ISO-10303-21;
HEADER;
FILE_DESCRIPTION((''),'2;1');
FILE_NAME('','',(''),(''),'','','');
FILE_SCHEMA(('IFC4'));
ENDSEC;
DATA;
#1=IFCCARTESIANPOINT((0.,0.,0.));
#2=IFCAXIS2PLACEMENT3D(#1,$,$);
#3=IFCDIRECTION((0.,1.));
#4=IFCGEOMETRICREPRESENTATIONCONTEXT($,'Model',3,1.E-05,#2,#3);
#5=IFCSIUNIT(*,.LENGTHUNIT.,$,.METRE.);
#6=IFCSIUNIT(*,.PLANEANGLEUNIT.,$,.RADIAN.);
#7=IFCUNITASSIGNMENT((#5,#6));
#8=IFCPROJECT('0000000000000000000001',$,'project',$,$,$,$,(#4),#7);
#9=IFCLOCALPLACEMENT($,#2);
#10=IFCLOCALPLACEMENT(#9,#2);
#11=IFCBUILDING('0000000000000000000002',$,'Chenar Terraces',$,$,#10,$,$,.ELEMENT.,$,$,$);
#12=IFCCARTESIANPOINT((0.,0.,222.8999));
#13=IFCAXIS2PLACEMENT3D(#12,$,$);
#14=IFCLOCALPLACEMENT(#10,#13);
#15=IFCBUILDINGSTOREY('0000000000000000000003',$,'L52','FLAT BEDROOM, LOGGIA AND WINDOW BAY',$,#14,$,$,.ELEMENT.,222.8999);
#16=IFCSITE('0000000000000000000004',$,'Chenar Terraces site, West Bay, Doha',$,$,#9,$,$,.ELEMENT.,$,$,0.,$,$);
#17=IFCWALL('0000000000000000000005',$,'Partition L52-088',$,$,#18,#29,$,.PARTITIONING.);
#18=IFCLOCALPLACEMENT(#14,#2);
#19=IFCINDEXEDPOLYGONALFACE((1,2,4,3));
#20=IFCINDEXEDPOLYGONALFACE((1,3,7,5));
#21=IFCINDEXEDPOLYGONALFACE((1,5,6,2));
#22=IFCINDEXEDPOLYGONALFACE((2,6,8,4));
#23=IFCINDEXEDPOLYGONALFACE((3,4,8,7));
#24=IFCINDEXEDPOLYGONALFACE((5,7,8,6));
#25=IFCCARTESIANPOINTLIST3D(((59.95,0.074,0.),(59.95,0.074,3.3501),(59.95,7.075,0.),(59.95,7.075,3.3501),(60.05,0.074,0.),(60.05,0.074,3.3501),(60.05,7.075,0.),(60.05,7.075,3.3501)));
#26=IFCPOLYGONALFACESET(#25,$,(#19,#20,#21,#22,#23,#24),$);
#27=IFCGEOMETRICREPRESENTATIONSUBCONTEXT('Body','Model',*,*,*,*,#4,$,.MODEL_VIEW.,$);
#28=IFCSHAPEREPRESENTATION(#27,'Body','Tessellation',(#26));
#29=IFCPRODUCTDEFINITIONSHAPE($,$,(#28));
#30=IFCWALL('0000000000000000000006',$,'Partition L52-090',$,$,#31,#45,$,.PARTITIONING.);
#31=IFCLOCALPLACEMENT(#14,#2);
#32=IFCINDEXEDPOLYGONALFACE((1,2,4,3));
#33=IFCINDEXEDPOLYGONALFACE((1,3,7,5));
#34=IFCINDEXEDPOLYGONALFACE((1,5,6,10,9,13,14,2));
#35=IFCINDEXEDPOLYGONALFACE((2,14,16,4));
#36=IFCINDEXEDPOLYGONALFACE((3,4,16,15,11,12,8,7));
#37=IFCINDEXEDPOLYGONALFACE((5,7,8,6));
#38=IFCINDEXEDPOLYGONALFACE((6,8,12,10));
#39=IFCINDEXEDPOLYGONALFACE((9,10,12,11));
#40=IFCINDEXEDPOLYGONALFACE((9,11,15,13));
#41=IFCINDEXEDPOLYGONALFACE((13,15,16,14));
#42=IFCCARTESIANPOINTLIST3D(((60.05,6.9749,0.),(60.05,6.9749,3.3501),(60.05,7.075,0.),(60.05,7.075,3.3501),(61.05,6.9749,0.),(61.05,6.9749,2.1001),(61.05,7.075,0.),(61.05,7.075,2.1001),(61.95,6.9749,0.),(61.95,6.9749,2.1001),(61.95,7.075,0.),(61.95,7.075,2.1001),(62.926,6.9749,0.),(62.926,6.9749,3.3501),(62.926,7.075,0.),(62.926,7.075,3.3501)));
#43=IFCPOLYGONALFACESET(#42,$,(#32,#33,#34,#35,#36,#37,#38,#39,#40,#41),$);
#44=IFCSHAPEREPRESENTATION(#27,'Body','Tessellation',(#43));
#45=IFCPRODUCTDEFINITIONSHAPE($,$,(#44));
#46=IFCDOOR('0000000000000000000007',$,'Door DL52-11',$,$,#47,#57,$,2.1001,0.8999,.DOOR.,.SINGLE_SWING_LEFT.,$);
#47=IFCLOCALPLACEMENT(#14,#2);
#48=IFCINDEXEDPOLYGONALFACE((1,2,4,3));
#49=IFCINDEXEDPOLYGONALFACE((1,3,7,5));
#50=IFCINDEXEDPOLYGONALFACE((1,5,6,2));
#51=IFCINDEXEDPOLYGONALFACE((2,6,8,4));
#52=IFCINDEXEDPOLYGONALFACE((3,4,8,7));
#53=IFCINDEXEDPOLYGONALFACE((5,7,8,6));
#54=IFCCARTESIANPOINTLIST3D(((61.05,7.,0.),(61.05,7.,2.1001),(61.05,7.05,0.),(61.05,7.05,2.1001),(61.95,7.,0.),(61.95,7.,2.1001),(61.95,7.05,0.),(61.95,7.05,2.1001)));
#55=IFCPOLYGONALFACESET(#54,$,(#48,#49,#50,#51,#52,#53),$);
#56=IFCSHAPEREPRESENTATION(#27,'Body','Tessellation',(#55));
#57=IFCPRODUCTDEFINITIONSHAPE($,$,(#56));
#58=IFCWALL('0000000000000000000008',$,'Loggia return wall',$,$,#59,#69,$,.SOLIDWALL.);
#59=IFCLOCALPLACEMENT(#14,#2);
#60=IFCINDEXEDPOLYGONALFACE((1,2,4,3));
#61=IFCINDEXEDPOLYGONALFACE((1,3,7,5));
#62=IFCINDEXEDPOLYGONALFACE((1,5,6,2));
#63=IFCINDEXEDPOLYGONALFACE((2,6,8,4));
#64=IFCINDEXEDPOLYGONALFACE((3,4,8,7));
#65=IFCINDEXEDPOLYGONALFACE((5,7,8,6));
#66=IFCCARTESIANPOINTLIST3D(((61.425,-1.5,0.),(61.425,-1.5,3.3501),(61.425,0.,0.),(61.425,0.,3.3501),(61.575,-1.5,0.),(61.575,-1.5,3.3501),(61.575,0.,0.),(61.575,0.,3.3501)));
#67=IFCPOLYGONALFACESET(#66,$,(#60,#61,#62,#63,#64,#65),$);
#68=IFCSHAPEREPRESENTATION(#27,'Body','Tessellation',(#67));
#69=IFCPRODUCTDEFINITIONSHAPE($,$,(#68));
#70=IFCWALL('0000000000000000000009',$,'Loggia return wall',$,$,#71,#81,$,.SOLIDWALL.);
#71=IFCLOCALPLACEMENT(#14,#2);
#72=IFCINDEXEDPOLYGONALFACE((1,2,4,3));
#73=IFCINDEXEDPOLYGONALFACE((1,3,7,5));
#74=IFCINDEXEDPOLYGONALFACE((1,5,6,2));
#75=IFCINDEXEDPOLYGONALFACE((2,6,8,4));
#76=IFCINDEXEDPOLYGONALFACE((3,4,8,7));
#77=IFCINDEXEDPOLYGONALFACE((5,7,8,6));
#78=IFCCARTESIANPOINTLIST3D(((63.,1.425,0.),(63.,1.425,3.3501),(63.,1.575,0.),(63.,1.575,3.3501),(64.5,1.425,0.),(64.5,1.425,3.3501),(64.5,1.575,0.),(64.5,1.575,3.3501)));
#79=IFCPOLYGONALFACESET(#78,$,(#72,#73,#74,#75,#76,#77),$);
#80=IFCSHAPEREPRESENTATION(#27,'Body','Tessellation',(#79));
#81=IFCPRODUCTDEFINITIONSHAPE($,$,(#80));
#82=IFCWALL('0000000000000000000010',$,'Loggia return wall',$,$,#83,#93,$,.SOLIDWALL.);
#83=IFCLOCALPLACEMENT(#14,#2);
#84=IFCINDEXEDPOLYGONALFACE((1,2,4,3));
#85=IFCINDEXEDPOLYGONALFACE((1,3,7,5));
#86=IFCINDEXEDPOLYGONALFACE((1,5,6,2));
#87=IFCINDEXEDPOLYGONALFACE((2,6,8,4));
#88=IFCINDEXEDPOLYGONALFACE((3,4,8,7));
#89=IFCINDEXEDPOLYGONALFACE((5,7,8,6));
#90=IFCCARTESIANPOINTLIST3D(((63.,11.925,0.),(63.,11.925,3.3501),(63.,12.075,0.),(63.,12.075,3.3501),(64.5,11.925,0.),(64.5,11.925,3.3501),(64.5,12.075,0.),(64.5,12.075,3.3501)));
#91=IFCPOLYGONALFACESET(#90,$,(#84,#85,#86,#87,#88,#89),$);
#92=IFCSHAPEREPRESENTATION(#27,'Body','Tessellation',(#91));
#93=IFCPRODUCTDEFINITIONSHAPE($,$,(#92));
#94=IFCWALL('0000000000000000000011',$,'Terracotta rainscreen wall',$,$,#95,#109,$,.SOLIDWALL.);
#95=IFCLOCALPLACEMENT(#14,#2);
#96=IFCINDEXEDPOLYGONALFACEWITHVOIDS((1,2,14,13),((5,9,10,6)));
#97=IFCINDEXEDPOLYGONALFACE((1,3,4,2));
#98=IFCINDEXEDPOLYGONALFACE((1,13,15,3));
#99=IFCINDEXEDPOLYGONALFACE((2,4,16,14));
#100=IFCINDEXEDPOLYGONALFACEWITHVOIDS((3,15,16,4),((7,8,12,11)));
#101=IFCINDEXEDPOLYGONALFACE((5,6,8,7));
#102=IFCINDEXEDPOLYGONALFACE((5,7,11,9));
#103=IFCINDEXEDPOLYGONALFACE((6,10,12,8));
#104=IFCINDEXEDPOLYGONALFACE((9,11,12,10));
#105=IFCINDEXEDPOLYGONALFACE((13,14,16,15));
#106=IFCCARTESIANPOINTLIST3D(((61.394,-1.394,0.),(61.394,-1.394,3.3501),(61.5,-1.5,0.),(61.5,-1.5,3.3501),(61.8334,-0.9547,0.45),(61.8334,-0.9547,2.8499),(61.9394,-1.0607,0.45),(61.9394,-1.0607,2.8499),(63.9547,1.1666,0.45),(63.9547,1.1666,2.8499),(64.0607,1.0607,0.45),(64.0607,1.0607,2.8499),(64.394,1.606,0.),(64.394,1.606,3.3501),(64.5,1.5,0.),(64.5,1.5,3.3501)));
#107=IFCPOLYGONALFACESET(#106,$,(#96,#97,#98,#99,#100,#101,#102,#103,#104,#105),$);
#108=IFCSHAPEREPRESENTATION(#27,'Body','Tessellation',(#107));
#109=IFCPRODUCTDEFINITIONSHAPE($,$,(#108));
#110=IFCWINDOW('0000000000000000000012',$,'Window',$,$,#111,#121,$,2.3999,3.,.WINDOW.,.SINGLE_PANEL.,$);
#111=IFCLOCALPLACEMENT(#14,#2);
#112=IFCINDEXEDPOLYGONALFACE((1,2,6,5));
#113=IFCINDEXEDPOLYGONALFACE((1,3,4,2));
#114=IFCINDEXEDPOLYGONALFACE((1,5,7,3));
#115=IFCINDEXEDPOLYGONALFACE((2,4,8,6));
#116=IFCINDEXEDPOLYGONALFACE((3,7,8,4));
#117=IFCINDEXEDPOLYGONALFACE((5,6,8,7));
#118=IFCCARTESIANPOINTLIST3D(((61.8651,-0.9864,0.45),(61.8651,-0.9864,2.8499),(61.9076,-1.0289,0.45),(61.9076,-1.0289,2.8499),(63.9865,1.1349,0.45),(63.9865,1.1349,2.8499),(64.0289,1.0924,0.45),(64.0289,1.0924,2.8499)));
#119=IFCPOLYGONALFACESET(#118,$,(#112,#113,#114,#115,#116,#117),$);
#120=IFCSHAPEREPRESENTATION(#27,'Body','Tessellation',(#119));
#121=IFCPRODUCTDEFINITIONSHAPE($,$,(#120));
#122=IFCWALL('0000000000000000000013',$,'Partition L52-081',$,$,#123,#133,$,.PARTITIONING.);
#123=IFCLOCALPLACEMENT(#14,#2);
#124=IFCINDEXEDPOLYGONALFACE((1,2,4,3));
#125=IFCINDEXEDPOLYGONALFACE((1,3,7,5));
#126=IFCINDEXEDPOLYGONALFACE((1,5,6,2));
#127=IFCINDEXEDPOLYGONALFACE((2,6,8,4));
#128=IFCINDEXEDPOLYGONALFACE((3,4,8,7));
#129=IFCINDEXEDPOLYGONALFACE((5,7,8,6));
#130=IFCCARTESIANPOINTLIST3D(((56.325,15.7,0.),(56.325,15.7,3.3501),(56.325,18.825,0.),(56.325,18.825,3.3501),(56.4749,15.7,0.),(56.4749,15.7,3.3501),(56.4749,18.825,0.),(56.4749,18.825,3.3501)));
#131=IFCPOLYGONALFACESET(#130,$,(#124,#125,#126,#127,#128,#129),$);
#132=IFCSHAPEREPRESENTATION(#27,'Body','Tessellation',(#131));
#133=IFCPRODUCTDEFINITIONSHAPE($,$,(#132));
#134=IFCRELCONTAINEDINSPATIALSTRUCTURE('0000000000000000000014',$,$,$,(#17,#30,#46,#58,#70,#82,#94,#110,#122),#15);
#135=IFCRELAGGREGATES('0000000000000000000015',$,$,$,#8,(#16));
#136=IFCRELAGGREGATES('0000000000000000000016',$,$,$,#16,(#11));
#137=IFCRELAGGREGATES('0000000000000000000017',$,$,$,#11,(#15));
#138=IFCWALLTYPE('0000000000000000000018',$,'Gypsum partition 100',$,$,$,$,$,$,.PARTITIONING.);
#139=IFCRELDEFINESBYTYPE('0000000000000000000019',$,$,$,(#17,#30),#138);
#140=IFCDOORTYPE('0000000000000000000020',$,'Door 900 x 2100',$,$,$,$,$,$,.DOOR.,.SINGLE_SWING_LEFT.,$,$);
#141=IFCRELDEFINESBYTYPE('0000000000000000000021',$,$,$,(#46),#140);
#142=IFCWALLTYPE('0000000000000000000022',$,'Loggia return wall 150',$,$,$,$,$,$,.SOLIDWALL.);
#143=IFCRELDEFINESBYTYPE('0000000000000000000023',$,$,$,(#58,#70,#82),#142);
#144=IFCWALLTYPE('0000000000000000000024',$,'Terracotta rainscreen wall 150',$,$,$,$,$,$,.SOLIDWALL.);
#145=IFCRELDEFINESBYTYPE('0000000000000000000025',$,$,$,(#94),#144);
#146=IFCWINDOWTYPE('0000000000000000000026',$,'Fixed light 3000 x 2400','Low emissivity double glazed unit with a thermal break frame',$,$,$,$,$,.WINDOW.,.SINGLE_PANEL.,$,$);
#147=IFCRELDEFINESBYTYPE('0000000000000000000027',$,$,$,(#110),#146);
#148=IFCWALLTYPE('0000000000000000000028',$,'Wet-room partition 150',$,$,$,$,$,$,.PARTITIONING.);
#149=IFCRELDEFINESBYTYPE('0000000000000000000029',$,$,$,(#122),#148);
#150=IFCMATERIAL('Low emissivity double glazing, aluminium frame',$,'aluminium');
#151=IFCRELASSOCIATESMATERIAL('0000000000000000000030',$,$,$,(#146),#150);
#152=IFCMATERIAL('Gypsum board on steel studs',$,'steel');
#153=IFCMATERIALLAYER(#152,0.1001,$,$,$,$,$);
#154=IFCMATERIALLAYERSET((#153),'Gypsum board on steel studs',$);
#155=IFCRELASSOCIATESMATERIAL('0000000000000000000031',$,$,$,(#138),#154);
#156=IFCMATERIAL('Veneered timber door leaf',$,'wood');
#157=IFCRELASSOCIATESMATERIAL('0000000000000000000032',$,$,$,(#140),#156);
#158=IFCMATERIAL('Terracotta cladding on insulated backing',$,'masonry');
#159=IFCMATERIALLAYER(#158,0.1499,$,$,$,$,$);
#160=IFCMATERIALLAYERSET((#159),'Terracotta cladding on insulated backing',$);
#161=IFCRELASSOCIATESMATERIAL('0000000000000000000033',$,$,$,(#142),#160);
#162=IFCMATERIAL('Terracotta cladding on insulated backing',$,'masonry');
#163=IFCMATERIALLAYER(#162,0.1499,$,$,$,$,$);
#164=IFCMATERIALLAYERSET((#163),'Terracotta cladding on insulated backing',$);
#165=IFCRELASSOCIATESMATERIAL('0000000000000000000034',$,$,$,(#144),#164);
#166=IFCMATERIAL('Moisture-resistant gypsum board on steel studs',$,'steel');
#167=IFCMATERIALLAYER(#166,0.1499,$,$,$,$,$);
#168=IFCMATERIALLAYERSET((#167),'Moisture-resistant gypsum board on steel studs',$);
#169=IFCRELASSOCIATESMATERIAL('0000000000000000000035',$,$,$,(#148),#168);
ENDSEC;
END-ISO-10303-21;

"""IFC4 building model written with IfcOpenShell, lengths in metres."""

from ifc_helpers import new_model, si_unit, direction, frame, frame_2d, origin, place, context, subcontext, project, spatial, rectangle, extrude, material, layer, layer_set, type_object, element, fill, save


model = new_model("IFC4")

# Units and contexts
model_context = context("Model", 3, precision=1e-05, world=origin(), true_north=direction((0.0, 1.0)))
body_context = subcontext(model_context, "Body", "Model", "MODEL_VIEW")
ifc_project = project(units=[si_unit("LENGTHUNIT", "METRE"), si_unit("PLANEANGLEUNIT", "RADIAN")], contexts=[model_context])

# Site, building, storey
site_placement = place(None, origin())
site = spatial("IfcSite", under=ifc_project, at=site_placement, Name="Chenar Terraces site, West Bay, Doha", CompositionType="ELEMENT", RefElevation=0.0)
building_placement = place(site_placement, origin())
building = spatial("IfcBuilding", under=site, at=building_placement, Name="Chenar Terraces", CompositionType="ELEMENT")
storey_placement = place(building_placement, frame((0.0, 0.0, 222.8999)))
storey = spatial("IfcBuildingStorey", under=building, at=storey_placement, Name="L52", Description="FLAT BEDROOM, LOGGIA AND WINDOW BAY", CompositionType="ELEMENT", Elevation=222.8999)

# Shared definitions
ifc_material_1 = material(Name="Low emissivity double glazing, aluminium frame", Category="aluminium")
window_type_1 = type_object("IfcWindowType", Name="Fixed light 3000 x 2400", Description="Low emissivity double glazed unit with a thermal break frame", PartitioningType="SINGLE_PANEL", PredefinedType="WINDOW", material=ifc_material_1)

# Shared definitions
ifc_material_2 = material(Name="Gypsum board on steel studs", Category="steel")
ifc_layer_1 = layer(ifc_material_2, 0.1001)
ifc_layer_set_1 = layer_set([ifc_layer_1], Name="Gypsum board on steel studs")
wall_type_1 = type_object("IfcWallType", Name="Gypsum partition 100", PredefinedType="PARTITIONING", material=ifc_layer_set_1)
ifc_material_3 = material(Name="Veneered timber door leaf", Category="wood")
door_type_1 = type_object("IfcDoorType", Name="Door 900 x 2100", OperationType="SINGLE_SWING_LEFT", PredefinedType="DOOR", material=ifc_material_3)

# Wall
for number, where, z_axis, x_axis, name in (
    (1, (60.0, 0.074, 0.0), (0.0, 0.0, 1.0), (0.0, 1.0, 0.0), "Partition L52-088"),
):
    element("IfcWall", number, at=place(storey_placement, frame(where, z_axis=z_axis, x_axis=x_axis)), inside=storey, type_object=wall_type_1, Name=name, PredefinedType="PARTITIONING", context=body_context, shape_type="SweptSolid", body=[
        extrude(rectangle(XDim=7.001, YDim=0.1001, at=frame_2d((3.5005, 0.0))), origin(), (0.0, 0.0, 1.0), 3.3501),
    ])

# Wall, opening, door
wall_1_placement = place(storey_placement, frame((60.05, 7.0249, 0.0), z_axis=(0.0, 0.0, 1.0), x_axis=(1.0, 0.0, 0.0)))
wall_1 = element("IfcWall", 2, at=wall_1_placement, inside=storey, type_object=wall_type_1, Name="Partition L52-090", PredefinedType="PARTITIONING", context=body_context, shape_type="SweptSolid", body=[
    extrude(rectangle(XDim=2.876, YDim=0.1001, at=frame_2d((1.438, 0.0))), origin(), (0.0, 0.0, 1.0), 3.3501),
])
opening_1_placement = place(wall_1_placement, frame((1.0, 0.0, 0.0)))
opening_1 = element("IfcOpeningElement", 3, at=opening_1_placement, cuts=wall_1, PredefinedType="OPENING", context=body_context, shape_type="SweptSolid", body=[
    extrude(rectangle(XDim=0.8999, YDim=2.1001, at=frame_2d((0.45, 1.05))), frame((0.0, 0.0601, 0.0), z_axis=(0.0, -1.0, 0.0), x_axis=(1.0, 0.0, 0.0)), (0.0, 0.0, 1.0), 0.1201),
])
door_1_placement = place(opening_1_placement, frame((0.8999, 0.0, 0.0), z_axis=(0.0, 0.0, 1.0), x_axis=(-1.0, 0.0, 0.0)))
door_1 = element("IfcDoor", 4, at=door_1_placement, inside=storey, type_object=door_type_1, Name="Door DL52-11", OperationType="SINGLE_SWING_LEFT", OverallHeight=2.1001, OverallWidth=0.8999, PredefinedType="DOOR", context=body_context, shape_type="SweptSolid", body=[
    extrude(rectangle(XDim=0.8999, YDim=2.1001, at=frame_2d((0.45, 1.05))), frame((0.0, 0.0249, 0.0), z_axis=(0.0, -1.0, 0.0), x_axis=(1.0, 0.0, 0.0)), (0.0, 0.0, 1.0), 0.05),
])
fill(opening_1, door_1)

# Walls
ifc_material_4 = material(Name="Terracotta cladding on insulated backing", Category="masonry")
ifc_layer_2 = layer(ifc_material_4, 0.1499)
ifc_layer_set_2 = layer_set([ifc_layer_2], Name="Terracotta cladding on insulated backing")
wall_type_2 = type_object("IfcWallType", Name="Loggia return wall 150", PredefinedType="SOLIDWALL", material=ifc_layer_set_2)
for number, where, z_axis, x_axis, name in (
    (5, (61.5, -1.5, 0.0), (0.0, 0.0, 1.0), (0.0, 1.0, 0.0), "Loggia return wall"),
    (6, (64.5, 1.5, 0.0), (0.0, 0.0, 1.0), (-1.0, 0.0, 0.0), "Loggia return wall"),
    (7, (64.5, 12.0, 0.0), (0.0, 0.0, 1.0), (-1.0, 0.0, 0.0), "Loggia return wall"),
):
    element("IfcWall", number, at=place(storey_placement, frame(where, z_axis=z_axis, x_axis=x_axis)), inside=storey, type_object=wall_type_2, Name=name, PredefinedType="SOLIDWALL", context=body_context, shape_type="SweptSolid", body=[
        extrude(rectangle(XDim=1.5, YDim=0.1499, at=frame_2d((0.75, 0.0))), origin(), (0.0, 0.0, 1.0), 3.3501),
    ])

# Wall, opening, window
ifc_material_5 = material(Name="Terracotta cladding on insulated backing", Category="masonry")
ifc_layer_3 = layer(ifc_material_5, 0.1499)
ifc_layer_set_3 = layer_set([ifc_layer_3], Name="Terracotta cladding on insulated backing")
wall_type_3 = type_object("IfcWallType", Name="Terracotta rainscreen wall 150", PredefinedType="SOLIDWALL", material=ifc_layer_set_3)
wall_2_placement = place(storey_placement, frame((61.447, -1.447, 0.0), z_axis=(0.0, 0.0, 1.0), x_axis=(0.707107, 0.707107, 0.0)))
wall_2 = element("IfcWall", 8, at=wall_2_placement, inside=storey, type_object=wall_type_3, Name="Terracotta rainscreen wall", PredefinedType="SOLIDWALL", context=body_context, shape_type="SweptSolid", body=[
    extrude(rectangle(XDim=4.2427, YDim=0.1499, at=frame_2d((2.1213, 0.0))), origin(), (0.0, 0.0, 1.0), 3.3501),
])
opening_2_placement = place(wall_2_placement, frame((0.6213, 0.0, 0.45)))
opening_2 = element("IfcOpeningElement", 9, at=opening_2_placement, cuts=wall_2, PredefinedType="OPENING", context=body_context, shape_type="SweptSolid", body=[
    extrude(rectangle(XDim=3.0, YDim=2.3999, at=frame_2d((1.5, 1.2))), frame((0.0, 0.085, 0.0), z_axis=(0.0, -1.0, 0.0), x_axis=(1.0, 0.0, 0.0)), (0.0, 0.0, 1.0), 0.1699),
])
window_1_placement = place(opening_2_placement, origin())
window_1 = element("IfcWindow", 10, at=window_1_placement, inside=storey, type_object=window_type_1, Name="Window", OverallHeight=2.3999, OverallWidth=3.0, PartitioningType="SINGLE_PANEL", PredefinedType="WINDOW", context=body_context, shape_type="SweptSolid", body=[
    extrude(rectangle(XDim=3.0, YDim=2.3999, at=frame_2d((1.5, 1.2))), frame((0.0, 0.03, 0.0), z_axis=(0.0, -1.0, 0.0), x_axis=(1.0, 0.0, 0.0)), (0.0, 0.0, 1.0), 0.0601),
])
fill(opening_2, window_1)

# Wall
ifc_material_6 = material(Name="Moisture-resistant gypsum board on steel studs", Category="steel")
ifc_layer_4 = layer(ifc_material_6, 0.1499)
ifc_layer_set_4 = layer_set([ifc_layer_4], Name="Moisture-resistant gypsum board on steel studs")
wall_type_4 = type_object("IfcWallType", Name="Wet-room partition 150", PredefinedType="PARTITIONING", material=ifc_layer_set_4)
wall_3_placement = place(storey_placement, frame((56.3999, 15.7, 0.0), z_axis=(0.0, 0.0, 1.0), x_axis=(0.0, 1.0, 0.0)))
element("IfcWall", 11, at=wall_3_placement, inside=storey, type_object=wall_type_4, Name="Partition L52-081", PredefinedType="PARTITIONING", context=body_context, shape_type="SweptSolid", body=[
    extrude(rectangle(XDim=3.125, YDim=0.1499, at=frame_2d((1.5625, 0.0))), origin(), (0.0, 0.0, 1.0), 3.3501),
])

save(model, "model.ifc")
